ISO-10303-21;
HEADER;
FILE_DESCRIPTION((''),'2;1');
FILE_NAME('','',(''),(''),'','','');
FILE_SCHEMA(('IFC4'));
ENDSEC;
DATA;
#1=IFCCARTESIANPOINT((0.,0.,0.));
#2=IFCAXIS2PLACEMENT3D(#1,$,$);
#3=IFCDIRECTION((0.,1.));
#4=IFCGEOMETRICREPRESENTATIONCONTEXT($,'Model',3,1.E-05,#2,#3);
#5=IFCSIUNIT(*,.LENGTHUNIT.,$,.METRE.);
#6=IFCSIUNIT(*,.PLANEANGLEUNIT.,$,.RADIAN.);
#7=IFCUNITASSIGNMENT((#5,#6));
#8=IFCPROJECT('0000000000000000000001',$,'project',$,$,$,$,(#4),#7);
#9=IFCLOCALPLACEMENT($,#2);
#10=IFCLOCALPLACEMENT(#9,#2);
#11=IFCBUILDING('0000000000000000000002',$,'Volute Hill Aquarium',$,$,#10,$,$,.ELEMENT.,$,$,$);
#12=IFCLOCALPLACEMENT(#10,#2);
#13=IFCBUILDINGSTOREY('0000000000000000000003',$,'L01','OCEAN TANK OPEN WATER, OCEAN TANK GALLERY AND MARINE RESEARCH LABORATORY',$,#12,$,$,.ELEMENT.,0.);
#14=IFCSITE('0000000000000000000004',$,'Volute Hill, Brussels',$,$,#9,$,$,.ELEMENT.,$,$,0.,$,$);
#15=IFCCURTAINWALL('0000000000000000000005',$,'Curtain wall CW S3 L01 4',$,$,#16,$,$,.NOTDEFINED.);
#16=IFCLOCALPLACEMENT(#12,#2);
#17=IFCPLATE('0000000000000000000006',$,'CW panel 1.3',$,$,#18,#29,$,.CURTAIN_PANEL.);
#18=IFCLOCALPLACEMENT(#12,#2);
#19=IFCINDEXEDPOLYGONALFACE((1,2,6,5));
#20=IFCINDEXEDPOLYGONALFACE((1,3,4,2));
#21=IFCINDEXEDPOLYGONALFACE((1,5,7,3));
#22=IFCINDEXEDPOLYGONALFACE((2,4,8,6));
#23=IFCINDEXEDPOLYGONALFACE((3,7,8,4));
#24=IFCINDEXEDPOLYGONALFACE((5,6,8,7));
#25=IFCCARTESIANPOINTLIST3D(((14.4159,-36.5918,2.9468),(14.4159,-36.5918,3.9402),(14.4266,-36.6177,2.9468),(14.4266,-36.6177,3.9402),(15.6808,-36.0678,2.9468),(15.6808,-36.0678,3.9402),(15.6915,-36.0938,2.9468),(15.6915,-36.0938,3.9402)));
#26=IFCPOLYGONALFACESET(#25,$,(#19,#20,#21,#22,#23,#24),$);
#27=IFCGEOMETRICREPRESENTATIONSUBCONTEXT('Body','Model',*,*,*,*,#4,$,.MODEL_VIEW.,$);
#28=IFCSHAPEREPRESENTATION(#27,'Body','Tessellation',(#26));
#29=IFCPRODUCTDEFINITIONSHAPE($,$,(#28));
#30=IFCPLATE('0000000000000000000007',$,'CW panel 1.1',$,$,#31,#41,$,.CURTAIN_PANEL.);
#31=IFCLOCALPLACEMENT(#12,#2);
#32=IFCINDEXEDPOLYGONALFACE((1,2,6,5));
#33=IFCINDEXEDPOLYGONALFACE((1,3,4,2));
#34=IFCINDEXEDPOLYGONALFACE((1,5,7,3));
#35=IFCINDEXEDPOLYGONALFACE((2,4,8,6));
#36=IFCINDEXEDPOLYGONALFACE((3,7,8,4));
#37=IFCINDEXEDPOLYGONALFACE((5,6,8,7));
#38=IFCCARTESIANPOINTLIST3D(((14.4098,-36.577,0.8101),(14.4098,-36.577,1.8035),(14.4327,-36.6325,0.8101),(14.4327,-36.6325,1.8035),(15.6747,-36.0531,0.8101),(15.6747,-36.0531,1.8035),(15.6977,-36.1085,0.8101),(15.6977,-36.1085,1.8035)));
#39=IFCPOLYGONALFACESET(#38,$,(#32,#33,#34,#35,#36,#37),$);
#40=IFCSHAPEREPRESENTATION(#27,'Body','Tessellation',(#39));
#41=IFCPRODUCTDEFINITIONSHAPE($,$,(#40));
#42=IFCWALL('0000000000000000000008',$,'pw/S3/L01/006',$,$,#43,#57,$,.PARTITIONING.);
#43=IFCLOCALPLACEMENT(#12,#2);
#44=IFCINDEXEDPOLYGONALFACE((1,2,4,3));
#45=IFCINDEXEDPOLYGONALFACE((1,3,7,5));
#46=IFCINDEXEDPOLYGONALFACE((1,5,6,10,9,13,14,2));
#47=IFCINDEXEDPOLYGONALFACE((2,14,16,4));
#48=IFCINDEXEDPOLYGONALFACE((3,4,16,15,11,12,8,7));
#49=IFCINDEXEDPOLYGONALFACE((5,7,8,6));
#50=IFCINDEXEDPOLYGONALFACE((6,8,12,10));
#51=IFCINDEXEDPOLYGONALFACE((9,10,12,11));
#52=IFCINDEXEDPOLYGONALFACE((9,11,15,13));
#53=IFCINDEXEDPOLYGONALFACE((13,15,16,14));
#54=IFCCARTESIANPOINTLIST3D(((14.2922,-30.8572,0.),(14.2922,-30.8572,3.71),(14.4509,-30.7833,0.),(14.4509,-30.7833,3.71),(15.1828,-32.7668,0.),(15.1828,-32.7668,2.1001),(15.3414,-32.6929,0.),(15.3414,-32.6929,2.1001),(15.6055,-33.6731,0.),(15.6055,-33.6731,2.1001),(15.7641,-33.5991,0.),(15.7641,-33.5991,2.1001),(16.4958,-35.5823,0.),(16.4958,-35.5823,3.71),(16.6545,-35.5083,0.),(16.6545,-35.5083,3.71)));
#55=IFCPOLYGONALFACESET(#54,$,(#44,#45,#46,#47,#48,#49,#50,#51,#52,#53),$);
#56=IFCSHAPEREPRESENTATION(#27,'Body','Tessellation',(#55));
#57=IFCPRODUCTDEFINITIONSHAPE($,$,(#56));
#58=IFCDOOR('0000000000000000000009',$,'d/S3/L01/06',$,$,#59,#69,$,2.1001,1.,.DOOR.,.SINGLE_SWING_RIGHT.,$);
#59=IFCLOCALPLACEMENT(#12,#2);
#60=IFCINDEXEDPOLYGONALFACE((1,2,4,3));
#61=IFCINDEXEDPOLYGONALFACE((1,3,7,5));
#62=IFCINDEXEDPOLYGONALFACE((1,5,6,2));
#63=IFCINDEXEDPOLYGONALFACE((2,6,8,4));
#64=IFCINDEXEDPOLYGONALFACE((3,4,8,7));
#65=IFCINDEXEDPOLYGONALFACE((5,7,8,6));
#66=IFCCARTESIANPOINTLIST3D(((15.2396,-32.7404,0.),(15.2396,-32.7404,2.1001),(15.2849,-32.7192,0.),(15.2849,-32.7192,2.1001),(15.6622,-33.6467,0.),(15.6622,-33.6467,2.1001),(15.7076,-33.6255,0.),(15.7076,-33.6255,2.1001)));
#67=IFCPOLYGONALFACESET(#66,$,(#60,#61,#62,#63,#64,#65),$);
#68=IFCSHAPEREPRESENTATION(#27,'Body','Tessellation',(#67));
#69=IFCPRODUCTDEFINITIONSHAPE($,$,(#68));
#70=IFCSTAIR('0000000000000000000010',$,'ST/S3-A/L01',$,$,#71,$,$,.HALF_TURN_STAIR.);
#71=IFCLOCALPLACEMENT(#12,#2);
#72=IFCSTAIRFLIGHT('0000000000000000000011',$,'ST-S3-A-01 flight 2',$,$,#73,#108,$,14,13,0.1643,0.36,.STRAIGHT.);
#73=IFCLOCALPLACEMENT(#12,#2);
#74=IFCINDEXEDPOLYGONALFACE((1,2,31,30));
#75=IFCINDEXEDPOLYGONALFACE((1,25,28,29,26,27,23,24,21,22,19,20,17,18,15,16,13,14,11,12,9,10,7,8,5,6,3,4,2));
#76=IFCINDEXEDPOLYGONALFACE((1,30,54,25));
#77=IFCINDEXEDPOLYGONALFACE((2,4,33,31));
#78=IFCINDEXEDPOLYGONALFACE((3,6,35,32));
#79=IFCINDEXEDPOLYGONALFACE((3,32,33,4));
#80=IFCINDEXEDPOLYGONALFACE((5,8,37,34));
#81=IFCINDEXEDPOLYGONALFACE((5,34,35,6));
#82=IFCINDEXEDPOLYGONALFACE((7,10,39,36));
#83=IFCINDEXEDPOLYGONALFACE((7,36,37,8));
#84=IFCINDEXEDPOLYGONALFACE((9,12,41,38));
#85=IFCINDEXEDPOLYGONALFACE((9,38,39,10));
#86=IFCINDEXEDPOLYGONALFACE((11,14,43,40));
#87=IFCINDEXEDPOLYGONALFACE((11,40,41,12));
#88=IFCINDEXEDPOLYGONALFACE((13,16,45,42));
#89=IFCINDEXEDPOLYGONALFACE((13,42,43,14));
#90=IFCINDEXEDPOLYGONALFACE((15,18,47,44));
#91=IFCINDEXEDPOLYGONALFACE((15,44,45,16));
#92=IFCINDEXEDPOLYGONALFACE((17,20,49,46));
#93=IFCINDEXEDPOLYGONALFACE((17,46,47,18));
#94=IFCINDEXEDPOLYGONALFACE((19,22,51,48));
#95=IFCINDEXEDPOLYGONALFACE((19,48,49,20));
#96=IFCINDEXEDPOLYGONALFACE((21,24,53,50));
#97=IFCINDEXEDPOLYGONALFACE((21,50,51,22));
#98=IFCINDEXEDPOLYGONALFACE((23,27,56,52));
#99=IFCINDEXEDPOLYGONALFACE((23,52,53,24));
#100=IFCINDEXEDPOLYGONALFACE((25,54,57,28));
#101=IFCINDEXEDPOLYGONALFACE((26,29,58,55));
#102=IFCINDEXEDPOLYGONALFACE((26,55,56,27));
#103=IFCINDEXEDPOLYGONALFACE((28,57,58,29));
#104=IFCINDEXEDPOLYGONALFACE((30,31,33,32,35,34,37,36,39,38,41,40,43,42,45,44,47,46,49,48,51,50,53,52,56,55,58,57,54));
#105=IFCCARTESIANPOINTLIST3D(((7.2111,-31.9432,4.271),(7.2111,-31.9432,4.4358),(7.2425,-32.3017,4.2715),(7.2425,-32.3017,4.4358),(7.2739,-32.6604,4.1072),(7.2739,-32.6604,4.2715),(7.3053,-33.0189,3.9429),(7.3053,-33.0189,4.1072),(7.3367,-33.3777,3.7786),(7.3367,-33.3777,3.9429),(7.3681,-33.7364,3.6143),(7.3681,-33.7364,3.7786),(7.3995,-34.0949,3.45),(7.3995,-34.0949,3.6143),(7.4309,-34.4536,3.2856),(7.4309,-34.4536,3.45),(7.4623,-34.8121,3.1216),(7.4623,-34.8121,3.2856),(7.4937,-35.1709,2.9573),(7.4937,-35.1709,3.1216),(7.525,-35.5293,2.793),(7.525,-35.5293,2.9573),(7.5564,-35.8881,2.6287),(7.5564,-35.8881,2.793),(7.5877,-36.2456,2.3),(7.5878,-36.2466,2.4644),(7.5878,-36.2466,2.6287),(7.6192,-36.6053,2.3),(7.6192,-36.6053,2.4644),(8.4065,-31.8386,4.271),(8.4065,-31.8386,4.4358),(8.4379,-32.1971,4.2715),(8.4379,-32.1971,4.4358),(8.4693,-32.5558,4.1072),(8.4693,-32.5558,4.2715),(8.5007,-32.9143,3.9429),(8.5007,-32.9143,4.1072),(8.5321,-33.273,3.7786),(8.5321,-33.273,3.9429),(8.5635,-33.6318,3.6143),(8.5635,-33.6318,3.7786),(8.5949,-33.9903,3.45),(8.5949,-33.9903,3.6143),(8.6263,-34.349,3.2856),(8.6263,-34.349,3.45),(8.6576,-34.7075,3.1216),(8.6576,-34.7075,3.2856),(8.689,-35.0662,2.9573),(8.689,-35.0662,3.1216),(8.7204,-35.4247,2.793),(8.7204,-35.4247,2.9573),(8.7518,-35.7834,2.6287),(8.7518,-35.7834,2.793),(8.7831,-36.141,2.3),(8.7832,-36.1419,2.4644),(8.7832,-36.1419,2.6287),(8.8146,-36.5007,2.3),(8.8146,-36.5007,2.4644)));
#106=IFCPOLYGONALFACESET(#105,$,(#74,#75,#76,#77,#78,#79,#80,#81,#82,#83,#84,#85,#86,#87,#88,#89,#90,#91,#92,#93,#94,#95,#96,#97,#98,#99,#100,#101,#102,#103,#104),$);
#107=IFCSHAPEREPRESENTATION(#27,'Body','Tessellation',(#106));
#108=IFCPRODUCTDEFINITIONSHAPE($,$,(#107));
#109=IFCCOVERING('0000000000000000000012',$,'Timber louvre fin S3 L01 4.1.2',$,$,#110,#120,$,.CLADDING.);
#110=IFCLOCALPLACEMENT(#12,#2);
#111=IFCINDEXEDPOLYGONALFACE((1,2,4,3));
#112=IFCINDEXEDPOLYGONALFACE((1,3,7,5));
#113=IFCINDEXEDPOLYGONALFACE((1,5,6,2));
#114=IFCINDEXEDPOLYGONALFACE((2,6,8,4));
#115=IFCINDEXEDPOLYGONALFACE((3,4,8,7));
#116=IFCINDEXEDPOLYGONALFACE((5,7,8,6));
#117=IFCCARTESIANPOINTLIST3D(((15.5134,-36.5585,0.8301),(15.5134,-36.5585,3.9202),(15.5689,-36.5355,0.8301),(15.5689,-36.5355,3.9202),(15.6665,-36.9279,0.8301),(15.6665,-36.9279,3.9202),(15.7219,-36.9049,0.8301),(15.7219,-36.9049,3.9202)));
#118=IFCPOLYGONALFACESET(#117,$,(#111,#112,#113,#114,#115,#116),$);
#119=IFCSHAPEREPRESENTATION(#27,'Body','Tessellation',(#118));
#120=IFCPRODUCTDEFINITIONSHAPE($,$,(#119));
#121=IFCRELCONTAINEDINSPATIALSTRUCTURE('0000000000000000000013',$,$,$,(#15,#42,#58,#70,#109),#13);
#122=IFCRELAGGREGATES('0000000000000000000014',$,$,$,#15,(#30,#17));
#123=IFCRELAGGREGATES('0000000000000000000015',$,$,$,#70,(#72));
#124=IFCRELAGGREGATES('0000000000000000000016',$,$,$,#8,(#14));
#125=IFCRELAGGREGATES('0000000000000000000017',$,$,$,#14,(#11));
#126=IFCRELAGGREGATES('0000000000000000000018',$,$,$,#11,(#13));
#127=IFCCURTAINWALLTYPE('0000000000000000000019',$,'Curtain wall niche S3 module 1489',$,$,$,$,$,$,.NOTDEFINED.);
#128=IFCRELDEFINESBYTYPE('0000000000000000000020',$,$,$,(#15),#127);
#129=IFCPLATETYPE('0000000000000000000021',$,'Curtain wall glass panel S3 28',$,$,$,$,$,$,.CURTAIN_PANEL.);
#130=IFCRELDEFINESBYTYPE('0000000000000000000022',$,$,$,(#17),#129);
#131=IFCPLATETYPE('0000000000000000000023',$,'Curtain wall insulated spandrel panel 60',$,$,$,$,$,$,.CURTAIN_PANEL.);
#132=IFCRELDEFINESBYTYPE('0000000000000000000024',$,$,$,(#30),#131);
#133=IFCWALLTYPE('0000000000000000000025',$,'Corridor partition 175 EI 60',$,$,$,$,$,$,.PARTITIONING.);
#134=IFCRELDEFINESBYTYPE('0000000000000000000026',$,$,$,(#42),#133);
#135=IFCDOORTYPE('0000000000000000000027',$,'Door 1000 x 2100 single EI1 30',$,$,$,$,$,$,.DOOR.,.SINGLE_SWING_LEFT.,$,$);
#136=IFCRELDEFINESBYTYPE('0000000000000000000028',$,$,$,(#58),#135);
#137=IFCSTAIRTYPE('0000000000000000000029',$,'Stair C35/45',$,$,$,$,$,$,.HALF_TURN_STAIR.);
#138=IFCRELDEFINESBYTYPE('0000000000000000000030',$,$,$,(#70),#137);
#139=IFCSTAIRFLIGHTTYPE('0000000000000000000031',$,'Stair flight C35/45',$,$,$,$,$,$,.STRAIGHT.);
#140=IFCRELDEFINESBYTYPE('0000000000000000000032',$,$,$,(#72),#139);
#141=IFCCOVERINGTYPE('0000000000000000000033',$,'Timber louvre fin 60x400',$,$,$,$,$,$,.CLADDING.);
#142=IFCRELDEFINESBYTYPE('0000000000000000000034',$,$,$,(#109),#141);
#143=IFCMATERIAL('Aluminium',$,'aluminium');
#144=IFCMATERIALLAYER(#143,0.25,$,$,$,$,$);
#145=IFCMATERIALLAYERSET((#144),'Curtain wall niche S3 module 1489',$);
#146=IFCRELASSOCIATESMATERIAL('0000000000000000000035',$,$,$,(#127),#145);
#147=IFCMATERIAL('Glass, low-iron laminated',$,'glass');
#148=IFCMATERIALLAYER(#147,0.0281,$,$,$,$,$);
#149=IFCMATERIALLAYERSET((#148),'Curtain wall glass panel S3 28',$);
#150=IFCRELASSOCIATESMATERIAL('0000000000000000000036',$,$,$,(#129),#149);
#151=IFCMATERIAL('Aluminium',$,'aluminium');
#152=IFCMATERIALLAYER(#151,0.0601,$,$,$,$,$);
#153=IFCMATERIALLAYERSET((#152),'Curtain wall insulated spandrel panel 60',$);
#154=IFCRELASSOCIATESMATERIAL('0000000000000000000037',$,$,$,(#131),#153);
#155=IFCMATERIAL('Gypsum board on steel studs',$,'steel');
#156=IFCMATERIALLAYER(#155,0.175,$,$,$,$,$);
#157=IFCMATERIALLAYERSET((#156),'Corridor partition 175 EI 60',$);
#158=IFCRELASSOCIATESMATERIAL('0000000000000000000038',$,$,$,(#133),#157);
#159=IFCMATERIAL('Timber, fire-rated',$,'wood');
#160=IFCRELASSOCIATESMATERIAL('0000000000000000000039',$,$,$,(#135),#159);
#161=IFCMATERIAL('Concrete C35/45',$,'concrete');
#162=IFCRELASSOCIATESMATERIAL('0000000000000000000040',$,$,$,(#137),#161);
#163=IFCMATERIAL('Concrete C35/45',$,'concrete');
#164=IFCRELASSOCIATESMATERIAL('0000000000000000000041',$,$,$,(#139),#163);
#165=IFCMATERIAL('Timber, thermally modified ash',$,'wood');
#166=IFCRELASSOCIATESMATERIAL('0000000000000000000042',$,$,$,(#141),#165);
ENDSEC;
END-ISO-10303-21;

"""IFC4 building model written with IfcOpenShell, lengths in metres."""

from ifc_helpers import new_model, si_unit, direction, frame, frame_2d, origin, origin_2d, place, context, subcontext, project, spatial, polyline, rectangle, outline, extrude, material, layer, layer_set, type_object, element, fill, aggregate, save


model = new_model("IFC4")

# Units and contexts
model_context = context("Model", 3, precision=1e-05, world=origin(), true_north=direction((0.0, 1.0)))
body_context = subcontext(model_context, "Body", "Model", "MODEL_VIEW")
ifc_project = project(units=[si_unit("LENGTHUNIT", "METRE"), si_unit("PLANEANGLEUNIT", "RADIAN")], contexts=[model_context])

# Site, building, storey
site_placement = place(None, origin())
site = spatial("IfcSite", under=ifc_project, at=site_placement, Name="Volute Hill, Brussels", CompositionType="ELEMENT", RefElevation=0.0)
building_placement = place(site_placement, origin())
building = spatial("IfcBuilding", under=site, at=building_placement, Name="Volute Hill Aquarium", CompositionType="ELEMENT")
storey_placement = place(building_placement, origin())
storey = spatial("IfcBuildingStorey", under=building, at=storey_placement, Name="L01", Description="OCEAN TANK OPEN WATER, OCEAN TANK GALLERY AND MARINE RESEARCH LABORATORY", CompositionType="ELEMENT", Elevation=0.0)

# Curtain wall
ifc_material_1 = material(Name="Aluminium", Category="aluminium")
ifc_layer_1 = layer(ifc_material_1, 0.25)
ifc_layer_set_1 = layer_set([ifc_layer_1], Name="Curtain wall niche S3 module 1489")
curtain_wall_type = type_object("IfcCurtainWallType", Name="Curtain wall niche S3 module 1489", PredefinedType="NOTDEFINED", material=ifc_layer_set_1)
curtain_wall_placement = place(storey_placement, origin())
curtain_wall = element("IfcCurtainWall", 1, at=curtain_wall_placement, inside=storey, type_object=curtain_wall_type, Name="Curtain wall CW S3 L01 4", PredefinedType="NOTDEFINED")

# Plates
ifc_material_2 = material(Name="Glass, low-iron laminated", Category="glass")
ifc_layer_2 = layer(ifc_material_2, 0.0281)
ifc_layer_set_2 = layer_set([ifc_layer_2], Name="Curtain wall glass panel S3 28")
plate_type_1 = type_object("IfcPlateType", Name="Curtain wall glass panel S3 28", PredefinedType="CURTAIN_PANEL", material=ifc_layer_set_2)
plate_1_placement = place(storey_placement, frame((15.0537, -36.3428, 2.9468), z_axis=(0.0, 0.0, 1.0), x_axis=(0.923876, 0.382693, 0.0)))
plate_1 = element("IfcPlate", 2, at=plate_1_placement, type_object=plate_type_1, Name="CW panel 1.3", PredefinedType="CURTAIN_PANEL", context=body_context, shape_type="SweptSolid", body=[
    extrude(rectangle(XDim=1.3691, YDim=0.0281, at=origin_2d()), origin(), (0.0, 0.0, 1.0), 0.9934),
])
ifc_material_3 = material(Name="Aluminium", Category="aluminium")
ifc_layer_3 = layer(ifc_material_3, 0.0601)
ifc_layer_set_3 = layer_set([ifc_layer_3], Name="Curtain wall insulated spandrel panel 60")
plate_type_2 = type_object("IfcPlateType", Name="Curtain wall insulated spandrel panel 60", PredefinedType="CURTAIN_PANEL", material=ifc_layer_set_3)
plate_2_placement = place(storey_placement, frame((15.0537, -36.3428, 0.8101), z_axis=(0.0, 0.0, 1.0), x_axis=(0.923876, 0.382693, 0.0)))
plate_2 = element("IfcPlate", 3, at=plate_2_placement, type_object=plate_type_2, Name="CW panel 1.1", PredefinedType="CURTAIN_PANEL", context=body_context, shape_type="SweptSolid", body=[
    extrude(rectangle(XDim=1.3691, YDim=0.0601, at=origin_2d()), origin(), (0.0, 0.0, 1.0), 0.9934),
])
aggregate(curtain_wall, [plate_2, plate_1])

# Wall, opening, door
ifc_material_4 = material(Name="Gypsum board on steel studs", Category="steel")
ifc_layer_4 = layer(ifc_material_4, 0.175)
ifc_layer_set_4 = layer_set([ifc_layer_4], Name="Corridor partition 175 EI 60")
wall_type = type_object("IfcWallType", Name="Corridor partition 175 EI 60", PredefinedType="PARTITIONING", material=ifc_layer_set_4)
wall_placement = place(storey_placement, frame((16.5752, -35.5454, 0.0), z_axis=(0.0, 0.0, 1.0), x_axis=(-0.42266, 0.906288, 0.0)))
wall = element("IfcWall", 4, at=wall_placement, inside=storey, type_object=wall_type, Name="pw/S3/L01/006", PredefinedType="PARTITIONING", context=body_context, shape_type="SweptSolid", body=[
    extrude(rectangle(XDim=5.2136, YDim=0.175, at=frame_2d((2.6069, 0.0))), origin(), (0.0, 0.0, 1.0), 3.71),
])
opening_placement = place(wall_placement, frame((2.1067, 0.0, 0.0)))
opening = element("IfcOpeningElement", 5, at=opening_placement, cuts=wall, PredefinedType="OPENING", context=body_context, shape_type="SweptSolid", body=[
    extrude(rectangle(XDim=1.0, YDim=2.1001, at=frame_2d((0.5, 1.05))), frame((0.0, 0.0974, 0.0), z_axis=(0.0, -1.0, 0.0), x_axis=(1.0, 0.0, 0.0)), (0.0, 0.0, 1.0), 0.1951),
])
ifc_material_5 = material(Name="Timber, fire-rated", Category="wood")
door_type = type_object("IfcDoorType", Name="Door 1000 x 2100 single EI1 30", OperationType="SINGLE_SWING_LEFT", PredefinedType="DOOR", material=ifc_material_5)
door_placement = place(opening_placement, origin())
door = element("IfcDoor", 6, at=door_placement, inside=storey, type_object=door_type, Name="d/S3/L01/06", OperationType="SINGLE_SWING_RIGHT", OverallHeight=2.1001, OverallWidth=1.0, PredefinedType="DOOR", context=body_context, shape_type="SweptSolid", body=[
    extrude(rectangle(XDim=1.0, YDim=2.1001, at=frame_2d((0.5, 1.05))), frame((0.0, 0.0249, 0.0), z_axis=(0.0, -1.0, 0.0), x_axis=(1.0, 0.0, 0.0)), (0.0, 0.0, 1.0), 0.05),
])
fill(opening, door)

# Stair, stair flight
ifc_material_6 = material(Name="Concrete C35/45", Category="concrete")
stair_type = type_object("IfcStairType", Name="Stair C35/45", PredefinedType="HALF_TURN_STAIR", material=ifc_material_6)
stair_placement = place(storey_placement, origin())
stair = element("IfcStair", 7, at=stair_placement, inside=storey, type_object=stair_type, Name="ST/S3-A/L01", PredefinedType="HALF_TURN_STAIR")
ifc_material_7 = material(Name="Concrete C35/45", Category="concrete")
stair_flight_type = type_object("IfcStairFlightType", Name="Stair flight C35/45", PredefinedType="STRAIGHT", material=ifc_material_7)
stair_flight_placement = place(storey_placement, frame((8.217, -36.553, 2.3), z_axis=(0.0, 0.0, 1.0), x_axis=(-0.087199, 0.996191, 0.0)))
stair_flight = element("IfcStairFlight", 8, at=stair_flight_placement, type_object=stair_flight_type, Name="ST-S3-A-01 flight 2", NumberOfRisers=14, NumberOfTreads=13, PredefinedType="STRAIGHT", RiserHeight=0.1643, TreadLength=0.36, context=body_context, shape_type="SweptSolid", body=[
    extrude(outline(polyline([(0.0, 0.0), (0.0, 0.1643), (0.3601, 0.1643), (0.3601, 0.3286), (0.72, 0.3286), (0.72, 0.4929), (1.0801, 0.4929), (1.0801, 0.6572), (1.4399, 0.6572), (1.4399, 0.8215), (1.8, 0.8215), (1.8, 0.9856), (2.1599, 0.9856), (2.1599, 1.1499), (2.52, 1.1499), (2.52, 1.3142), (2.8799, 1.3142), (2.8799, 1.4785), (3.24, 1.4785), (3.24, 1.6428), (3.6001, 1.6428), (3.6001, 1.8071), (3.96, 1.8071), (3.96, 1.9714), (4.3201, 1.9714), (4.3201, 2.1357), (4.6799, 2.1357), (4.6799, 2.3), (4.6799, 1.9709), (0.3611, 0.0), (0.0, 0.0)])), frame((0.0, 0.6001, 0.0), z_axis=(0.0, -1.0, 0.0), x_axis=(1.0, 0.0, 0.0)), (0.0, 0.0, 1.0), 1.2),
])
aggregate(stair, [stair_flight])

# Covering
ifc_material_8 = material(Name="Timber, thermally modified ash", Category="wood")
covering_type = type_object("IfcCoveringType", Name="Timber louvre fin 60x400", PredefinedType="CLADDING", material=ifc_material_8)
covering_placement = place(storey_placement, frame((15.6177, -36.7317, 0.8301), z_axis=(0.0, 0.0, 1.0), x_axis=(0.923875, 0.382694, 0.0)))
element("IfcCovering", 9, at=covering_placement, inside=storey, type_object=covering_type, Name="Timber louvre fin S3 L01 4.1.2", PredefinedType="CLADDING", context=body_context, shape_type="SweptSolid", body=[
    extrude(rectangle(XDim=0.0601, YDim=0.3999, at=origin_2d()), origin(), (0.0, 0.0, 1.0), 3.0901),
])

save(model, "model.ifc")
